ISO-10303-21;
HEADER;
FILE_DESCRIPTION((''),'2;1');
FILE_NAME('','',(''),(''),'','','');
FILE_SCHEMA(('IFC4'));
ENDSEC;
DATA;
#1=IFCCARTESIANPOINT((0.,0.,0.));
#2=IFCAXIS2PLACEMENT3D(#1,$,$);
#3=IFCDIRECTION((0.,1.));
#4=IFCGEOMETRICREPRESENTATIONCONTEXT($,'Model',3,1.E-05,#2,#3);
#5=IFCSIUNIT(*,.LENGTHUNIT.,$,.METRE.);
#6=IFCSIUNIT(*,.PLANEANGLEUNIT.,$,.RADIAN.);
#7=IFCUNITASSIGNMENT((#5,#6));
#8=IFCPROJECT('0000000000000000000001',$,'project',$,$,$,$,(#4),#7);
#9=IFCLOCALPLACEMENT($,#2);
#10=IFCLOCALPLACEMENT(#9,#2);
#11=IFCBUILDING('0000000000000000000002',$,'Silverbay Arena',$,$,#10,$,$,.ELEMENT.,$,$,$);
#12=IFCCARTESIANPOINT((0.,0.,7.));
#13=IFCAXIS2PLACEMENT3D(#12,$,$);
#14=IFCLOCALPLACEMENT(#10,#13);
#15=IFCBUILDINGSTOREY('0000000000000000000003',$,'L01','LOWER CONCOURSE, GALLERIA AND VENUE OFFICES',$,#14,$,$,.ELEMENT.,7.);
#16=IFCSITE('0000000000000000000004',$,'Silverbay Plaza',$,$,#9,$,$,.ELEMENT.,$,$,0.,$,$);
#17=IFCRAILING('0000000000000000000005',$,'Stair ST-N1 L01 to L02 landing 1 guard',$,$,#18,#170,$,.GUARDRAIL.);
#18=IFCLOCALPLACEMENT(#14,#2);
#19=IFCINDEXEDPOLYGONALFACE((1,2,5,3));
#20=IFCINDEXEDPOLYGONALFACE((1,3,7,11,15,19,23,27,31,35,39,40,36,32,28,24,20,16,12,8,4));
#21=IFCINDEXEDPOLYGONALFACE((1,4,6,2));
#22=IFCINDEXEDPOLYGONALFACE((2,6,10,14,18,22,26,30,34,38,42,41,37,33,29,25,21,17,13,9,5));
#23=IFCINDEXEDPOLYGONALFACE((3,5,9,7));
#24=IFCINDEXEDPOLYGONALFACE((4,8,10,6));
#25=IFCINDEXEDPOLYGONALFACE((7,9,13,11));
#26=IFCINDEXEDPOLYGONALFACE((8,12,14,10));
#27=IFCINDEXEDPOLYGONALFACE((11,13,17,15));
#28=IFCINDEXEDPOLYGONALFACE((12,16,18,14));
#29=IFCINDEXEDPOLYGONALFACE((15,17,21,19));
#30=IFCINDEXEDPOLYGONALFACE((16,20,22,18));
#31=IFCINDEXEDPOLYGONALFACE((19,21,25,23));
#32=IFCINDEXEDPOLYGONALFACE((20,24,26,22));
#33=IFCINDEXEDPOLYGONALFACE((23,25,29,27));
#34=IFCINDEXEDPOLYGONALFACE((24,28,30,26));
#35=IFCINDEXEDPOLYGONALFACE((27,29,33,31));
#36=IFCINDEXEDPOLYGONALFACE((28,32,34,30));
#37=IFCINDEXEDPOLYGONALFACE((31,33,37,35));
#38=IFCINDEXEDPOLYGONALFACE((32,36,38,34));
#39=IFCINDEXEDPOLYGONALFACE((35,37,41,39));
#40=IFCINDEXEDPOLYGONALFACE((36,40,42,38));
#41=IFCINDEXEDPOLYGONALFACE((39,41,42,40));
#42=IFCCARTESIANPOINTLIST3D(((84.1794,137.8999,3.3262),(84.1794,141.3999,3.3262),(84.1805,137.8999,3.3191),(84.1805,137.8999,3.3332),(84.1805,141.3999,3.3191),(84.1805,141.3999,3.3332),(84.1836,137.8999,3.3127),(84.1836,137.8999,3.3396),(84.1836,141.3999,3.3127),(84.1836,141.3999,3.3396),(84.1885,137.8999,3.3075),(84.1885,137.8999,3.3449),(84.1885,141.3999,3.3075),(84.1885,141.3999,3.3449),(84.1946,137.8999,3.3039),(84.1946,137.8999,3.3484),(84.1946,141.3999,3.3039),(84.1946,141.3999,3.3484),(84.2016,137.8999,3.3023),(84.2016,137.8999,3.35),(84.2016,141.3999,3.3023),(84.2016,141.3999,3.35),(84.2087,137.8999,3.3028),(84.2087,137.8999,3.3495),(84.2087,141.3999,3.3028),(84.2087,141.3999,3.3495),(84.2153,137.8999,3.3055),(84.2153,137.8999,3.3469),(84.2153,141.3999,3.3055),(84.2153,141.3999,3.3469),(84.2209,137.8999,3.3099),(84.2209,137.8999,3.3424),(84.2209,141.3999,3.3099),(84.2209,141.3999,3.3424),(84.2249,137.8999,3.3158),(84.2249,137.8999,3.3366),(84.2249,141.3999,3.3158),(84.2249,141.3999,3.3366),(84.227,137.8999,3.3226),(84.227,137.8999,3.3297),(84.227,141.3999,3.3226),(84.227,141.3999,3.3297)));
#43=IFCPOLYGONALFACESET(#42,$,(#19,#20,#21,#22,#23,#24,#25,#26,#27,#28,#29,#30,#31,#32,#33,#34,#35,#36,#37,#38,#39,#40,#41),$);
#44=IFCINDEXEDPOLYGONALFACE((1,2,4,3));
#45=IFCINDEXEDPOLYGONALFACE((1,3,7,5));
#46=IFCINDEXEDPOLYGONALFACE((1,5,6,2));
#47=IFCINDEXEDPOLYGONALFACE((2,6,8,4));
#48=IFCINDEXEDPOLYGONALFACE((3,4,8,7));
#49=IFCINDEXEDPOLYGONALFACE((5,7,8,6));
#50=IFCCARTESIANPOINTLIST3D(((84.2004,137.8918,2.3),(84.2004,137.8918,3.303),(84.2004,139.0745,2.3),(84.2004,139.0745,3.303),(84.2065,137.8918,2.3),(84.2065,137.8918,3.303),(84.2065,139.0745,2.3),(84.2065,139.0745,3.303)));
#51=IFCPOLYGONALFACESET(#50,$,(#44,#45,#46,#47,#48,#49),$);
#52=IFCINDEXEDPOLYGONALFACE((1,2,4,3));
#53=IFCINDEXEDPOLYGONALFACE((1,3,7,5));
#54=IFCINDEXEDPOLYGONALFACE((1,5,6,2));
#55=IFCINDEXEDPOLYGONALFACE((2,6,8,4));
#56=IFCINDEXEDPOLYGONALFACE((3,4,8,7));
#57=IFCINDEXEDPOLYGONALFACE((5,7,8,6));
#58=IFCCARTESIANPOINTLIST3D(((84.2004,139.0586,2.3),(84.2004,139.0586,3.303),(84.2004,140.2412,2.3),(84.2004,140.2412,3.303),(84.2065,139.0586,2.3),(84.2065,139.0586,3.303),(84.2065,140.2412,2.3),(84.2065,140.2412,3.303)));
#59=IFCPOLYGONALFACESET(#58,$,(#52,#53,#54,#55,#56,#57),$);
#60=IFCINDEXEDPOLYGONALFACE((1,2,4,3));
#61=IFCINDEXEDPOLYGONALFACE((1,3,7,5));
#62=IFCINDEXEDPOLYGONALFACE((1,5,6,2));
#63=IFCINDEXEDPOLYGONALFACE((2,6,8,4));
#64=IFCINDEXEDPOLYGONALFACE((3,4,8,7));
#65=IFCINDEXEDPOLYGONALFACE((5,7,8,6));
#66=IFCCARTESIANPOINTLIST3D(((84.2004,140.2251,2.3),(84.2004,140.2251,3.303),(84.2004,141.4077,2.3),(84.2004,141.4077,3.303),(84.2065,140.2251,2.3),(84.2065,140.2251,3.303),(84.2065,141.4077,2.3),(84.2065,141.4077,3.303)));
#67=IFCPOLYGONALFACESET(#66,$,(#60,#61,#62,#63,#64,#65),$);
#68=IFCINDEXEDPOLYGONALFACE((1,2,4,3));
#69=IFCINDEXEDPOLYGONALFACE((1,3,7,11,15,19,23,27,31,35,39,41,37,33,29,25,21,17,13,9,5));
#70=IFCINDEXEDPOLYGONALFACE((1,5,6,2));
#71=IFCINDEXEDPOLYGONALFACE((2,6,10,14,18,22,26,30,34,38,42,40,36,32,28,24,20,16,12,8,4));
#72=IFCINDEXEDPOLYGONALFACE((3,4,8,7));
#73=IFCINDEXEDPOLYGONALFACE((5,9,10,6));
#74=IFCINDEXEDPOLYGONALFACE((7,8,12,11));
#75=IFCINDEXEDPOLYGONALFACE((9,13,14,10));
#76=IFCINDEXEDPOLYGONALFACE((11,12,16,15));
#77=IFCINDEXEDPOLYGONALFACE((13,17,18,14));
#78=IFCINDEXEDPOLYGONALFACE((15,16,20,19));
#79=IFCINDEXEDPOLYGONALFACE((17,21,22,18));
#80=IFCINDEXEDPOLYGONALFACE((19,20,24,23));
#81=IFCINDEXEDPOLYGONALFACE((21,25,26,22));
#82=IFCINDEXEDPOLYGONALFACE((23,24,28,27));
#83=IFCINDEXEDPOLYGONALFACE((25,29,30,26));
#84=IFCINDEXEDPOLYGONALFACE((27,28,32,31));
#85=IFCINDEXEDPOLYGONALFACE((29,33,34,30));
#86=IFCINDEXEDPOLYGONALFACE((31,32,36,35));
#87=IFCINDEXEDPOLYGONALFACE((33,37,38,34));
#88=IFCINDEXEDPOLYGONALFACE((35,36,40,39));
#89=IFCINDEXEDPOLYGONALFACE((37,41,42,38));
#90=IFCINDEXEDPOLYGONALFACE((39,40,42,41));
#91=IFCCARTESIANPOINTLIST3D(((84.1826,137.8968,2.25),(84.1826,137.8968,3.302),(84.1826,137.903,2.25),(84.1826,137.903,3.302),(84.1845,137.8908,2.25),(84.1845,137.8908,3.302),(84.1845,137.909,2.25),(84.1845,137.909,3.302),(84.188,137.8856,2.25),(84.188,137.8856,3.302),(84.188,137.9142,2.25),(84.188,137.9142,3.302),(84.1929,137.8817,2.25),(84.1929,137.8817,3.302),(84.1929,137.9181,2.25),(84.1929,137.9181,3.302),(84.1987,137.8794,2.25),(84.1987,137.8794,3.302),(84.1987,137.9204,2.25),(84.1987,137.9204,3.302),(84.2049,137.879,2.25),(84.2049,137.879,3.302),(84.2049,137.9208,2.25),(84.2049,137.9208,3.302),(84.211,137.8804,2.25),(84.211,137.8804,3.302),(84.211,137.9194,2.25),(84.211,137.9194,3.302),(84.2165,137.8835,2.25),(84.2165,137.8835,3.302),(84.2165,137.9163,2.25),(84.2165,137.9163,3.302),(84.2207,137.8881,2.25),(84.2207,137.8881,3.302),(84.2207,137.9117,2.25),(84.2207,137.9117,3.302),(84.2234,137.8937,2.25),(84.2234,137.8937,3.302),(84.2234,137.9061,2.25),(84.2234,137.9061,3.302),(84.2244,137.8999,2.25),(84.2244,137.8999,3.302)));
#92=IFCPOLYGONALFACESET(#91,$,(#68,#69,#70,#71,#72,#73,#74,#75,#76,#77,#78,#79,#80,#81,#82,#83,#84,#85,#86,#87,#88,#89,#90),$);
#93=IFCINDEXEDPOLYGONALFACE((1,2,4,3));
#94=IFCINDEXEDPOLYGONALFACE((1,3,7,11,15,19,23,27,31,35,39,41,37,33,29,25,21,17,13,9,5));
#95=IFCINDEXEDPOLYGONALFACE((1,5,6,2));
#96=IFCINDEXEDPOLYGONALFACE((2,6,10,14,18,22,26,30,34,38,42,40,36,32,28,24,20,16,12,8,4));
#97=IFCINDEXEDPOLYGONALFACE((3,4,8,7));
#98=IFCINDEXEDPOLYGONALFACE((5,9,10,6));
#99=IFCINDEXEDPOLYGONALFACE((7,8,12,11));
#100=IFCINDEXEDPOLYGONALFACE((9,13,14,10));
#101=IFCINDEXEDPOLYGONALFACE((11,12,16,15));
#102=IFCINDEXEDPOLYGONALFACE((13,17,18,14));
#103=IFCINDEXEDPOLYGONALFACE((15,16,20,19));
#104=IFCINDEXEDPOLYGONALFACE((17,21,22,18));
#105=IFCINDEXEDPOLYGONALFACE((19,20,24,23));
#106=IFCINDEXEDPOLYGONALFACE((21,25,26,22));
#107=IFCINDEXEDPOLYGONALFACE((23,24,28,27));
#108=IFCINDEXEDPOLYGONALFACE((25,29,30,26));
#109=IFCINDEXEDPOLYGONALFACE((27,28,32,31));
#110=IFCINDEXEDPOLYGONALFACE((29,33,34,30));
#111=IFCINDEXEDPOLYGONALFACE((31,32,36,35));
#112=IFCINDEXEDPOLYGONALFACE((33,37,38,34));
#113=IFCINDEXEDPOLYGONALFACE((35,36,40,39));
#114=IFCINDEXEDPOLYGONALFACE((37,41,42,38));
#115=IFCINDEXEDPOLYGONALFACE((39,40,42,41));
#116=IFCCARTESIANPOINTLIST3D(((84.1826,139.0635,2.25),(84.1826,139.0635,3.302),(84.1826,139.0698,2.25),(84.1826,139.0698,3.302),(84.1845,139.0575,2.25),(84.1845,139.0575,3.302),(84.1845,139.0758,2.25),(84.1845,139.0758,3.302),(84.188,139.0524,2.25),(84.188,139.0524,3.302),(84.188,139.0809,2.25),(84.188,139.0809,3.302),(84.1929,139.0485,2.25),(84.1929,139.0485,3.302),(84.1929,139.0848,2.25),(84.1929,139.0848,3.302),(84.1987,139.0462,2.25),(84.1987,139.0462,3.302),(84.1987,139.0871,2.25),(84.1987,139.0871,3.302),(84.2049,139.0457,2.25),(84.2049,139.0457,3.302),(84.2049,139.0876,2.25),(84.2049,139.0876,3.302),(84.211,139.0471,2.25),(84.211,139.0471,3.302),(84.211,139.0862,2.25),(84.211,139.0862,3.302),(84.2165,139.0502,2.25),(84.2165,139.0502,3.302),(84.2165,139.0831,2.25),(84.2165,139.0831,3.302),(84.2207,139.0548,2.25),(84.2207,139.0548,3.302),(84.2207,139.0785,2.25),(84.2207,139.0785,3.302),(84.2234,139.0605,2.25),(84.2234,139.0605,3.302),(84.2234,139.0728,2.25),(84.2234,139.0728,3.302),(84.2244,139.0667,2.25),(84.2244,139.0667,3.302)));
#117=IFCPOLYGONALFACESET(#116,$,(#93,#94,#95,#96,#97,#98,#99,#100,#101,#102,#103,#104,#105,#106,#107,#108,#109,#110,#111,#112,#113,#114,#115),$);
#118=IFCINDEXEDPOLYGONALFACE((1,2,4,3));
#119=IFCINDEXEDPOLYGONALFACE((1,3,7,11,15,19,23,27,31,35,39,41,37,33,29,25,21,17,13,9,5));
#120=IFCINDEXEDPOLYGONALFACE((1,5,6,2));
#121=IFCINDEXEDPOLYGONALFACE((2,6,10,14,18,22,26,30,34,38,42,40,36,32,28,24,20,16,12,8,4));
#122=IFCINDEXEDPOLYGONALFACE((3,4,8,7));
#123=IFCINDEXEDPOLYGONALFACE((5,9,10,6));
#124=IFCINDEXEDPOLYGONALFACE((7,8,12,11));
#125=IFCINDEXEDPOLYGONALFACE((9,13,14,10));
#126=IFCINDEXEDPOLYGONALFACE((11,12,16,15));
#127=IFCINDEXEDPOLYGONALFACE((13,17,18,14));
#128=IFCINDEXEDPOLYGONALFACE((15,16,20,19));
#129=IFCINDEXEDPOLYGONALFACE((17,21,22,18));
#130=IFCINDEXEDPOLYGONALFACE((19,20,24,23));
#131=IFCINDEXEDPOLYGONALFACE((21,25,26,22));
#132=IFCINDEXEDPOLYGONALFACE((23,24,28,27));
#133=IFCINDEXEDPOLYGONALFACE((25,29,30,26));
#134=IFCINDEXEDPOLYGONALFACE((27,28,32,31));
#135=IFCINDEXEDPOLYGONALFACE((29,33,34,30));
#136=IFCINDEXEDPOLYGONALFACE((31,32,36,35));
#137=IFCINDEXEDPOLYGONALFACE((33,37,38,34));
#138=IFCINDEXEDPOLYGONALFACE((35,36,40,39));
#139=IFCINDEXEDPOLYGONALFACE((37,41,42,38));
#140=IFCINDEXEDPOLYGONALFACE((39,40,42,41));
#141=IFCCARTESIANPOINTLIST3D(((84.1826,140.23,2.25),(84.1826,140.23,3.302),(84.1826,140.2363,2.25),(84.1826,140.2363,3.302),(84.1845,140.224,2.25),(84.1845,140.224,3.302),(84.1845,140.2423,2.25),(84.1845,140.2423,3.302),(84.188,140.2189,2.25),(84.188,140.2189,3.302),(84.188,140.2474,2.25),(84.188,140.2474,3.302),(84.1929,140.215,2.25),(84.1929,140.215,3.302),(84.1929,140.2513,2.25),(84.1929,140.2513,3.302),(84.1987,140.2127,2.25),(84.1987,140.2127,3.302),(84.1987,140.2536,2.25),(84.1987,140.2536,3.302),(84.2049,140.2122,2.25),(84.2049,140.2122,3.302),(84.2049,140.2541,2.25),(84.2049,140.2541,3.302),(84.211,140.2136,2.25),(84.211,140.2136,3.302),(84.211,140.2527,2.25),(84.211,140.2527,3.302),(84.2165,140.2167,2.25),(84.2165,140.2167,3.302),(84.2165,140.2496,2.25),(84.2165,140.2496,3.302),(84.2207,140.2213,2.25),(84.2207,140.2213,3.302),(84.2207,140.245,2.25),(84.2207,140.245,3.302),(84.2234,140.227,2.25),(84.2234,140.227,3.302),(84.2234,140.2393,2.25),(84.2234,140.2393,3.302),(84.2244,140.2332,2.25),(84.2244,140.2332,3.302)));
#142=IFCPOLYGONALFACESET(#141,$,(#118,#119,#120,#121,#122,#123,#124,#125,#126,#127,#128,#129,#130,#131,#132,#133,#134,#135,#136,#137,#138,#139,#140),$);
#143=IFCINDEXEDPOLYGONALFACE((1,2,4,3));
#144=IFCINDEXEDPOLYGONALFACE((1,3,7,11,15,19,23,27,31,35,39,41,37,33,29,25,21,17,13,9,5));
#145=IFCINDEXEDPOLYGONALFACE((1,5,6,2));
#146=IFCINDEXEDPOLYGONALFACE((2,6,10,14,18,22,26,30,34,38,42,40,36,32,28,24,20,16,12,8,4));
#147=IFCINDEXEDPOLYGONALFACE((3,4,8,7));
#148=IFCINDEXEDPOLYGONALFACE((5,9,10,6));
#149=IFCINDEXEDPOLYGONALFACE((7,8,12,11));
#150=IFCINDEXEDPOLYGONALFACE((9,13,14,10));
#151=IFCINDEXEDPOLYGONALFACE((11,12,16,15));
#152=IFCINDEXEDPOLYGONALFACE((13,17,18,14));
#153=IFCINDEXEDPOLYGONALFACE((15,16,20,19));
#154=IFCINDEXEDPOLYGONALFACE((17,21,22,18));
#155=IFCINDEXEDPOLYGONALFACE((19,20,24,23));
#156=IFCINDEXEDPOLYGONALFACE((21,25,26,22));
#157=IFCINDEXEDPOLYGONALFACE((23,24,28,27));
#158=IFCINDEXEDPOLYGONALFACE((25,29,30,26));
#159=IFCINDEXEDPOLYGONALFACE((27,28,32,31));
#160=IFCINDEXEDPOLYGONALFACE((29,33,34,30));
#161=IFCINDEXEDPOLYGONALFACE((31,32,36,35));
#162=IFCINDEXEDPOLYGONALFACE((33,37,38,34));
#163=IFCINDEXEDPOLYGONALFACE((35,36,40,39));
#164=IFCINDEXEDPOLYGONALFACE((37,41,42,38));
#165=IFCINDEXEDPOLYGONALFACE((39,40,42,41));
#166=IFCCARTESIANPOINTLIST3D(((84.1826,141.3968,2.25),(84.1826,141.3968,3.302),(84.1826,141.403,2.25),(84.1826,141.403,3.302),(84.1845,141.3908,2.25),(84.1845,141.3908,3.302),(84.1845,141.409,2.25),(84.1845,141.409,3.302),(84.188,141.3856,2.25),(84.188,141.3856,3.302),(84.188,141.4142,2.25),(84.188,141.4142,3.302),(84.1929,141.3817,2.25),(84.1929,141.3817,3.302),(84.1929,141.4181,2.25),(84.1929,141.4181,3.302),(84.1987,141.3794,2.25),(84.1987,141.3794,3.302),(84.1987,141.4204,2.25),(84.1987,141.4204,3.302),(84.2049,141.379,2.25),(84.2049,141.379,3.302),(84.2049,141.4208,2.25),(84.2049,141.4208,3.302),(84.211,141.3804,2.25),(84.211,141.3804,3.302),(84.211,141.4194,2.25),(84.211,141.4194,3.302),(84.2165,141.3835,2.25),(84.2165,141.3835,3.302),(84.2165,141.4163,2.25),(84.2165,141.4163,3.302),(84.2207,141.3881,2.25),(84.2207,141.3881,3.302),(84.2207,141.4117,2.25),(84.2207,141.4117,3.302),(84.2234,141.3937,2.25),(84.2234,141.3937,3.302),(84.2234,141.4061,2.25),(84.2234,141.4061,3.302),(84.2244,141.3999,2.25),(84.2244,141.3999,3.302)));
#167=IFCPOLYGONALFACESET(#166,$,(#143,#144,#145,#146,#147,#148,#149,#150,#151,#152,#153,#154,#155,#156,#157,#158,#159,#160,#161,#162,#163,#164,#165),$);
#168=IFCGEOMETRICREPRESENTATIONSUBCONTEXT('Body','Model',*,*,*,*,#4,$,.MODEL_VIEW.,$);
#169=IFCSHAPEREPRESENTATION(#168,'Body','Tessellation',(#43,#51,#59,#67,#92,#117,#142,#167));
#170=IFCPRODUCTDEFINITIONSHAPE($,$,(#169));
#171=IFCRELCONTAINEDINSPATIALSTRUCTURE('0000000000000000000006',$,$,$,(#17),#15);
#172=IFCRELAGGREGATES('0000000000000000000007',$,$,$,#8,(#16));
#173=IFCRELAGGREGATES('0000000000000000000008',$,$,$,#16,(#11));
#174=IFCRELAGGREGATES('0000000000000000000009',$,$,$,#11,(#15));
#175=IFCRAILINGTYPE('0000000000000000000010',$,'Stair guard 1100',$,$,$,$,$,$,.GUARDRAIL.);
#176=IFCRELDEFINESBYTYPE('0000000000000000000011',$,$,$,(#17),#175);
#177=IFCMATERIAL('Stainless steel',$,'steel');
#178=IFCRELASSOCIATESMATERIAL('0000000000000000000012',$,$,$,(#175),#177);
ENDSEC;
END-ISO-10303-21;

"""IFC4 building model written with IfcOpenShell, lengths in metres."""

from ifc_helpers import new_model, si_unit, direction, frame, origin, origin_2d, place, context, subcontext, project, spatial, polyline, circle, outline, extrude, material, type_object, element, save


model = new_model("IFC4")

# Units and contexts
model_context = context("Model", 3, precision=1e-05, world=origin(), true_north=direction((0.0, 1.0)))
body_context = subcontext(model_context, "Body", "Model", "MODEL_VIEW")
ifc_project = project(units=[si_unit("LENGTHUNIT", "METRE"), si_unit("PLANEANGLEUNIT", "RADIAN")], contexts=[model_context])

# Site, building, storey
site_placement = place(None, origin())
site = spatial("IfcSite", under=ifc_project, at=site_placement, Name="Silverbay Plaza", CompositionType="ELEMENT", RefElevation=0.0)
building_placement = place(site_placement, origin())
building = spatial("IfcBuilding", under=site, at=building_placement, Name="Silverbay Arena", CompositionType="ELEMENT")
storey_placement = place(building_placement, frame((0.0, 0.0, 7.0)))
storey = spatial("IfcBuildingStorey", under=building, at=storey_placement, Name="L01", Description="LOWER CONCOURSE, GALLERIA AND VENUE OFFICES", CompositionType="ELEMENT", Elevation=7.0)

# Railing
ifc_material_1 = material(Name="Stainless steel", Category="steel")
railing_type_1 = type_object("IfcRailingType", Name="Stair guard 1100", PredefinedType="GUARDRAIL", material=ifc_material_1)
for number, where, name in (
    (1, (84.2034, 137.8999, 2.25), "Stair ST-N1 L01 to L02 landing 1 guard"),
):
    element("IfcRailing", number, at=place(storey_placement, frame(where)), inside=storey, type_object=railing_type_1, Name=name, PredefinedType="GUARDRAIL", context=body_context, shape_type="SweptSolid", body=[
        extrude(circle(Radius=0.0239, at=origin_2d()), frame((0.0, 0.0, 1.0762), z_axis=(0.0, 1.0, 0.0), x_axis=(-1.0, 0.0, 0.0)), (0.0, 0.0, 1.0), 3.5),
        extrude(outline(polyline([(-0.0081, 0.05), (1.1746, 0.05), (1.1746, 1.053), (-0.0081, 1.053), (-0.0081, 0.05)])), frame((-0.0029, 0.0, 0.0), z_axis=(1.0, 0.0, 0.0), x_axis=(0.0, 1.0, 0.0)), (0.0, 0.0, 1.0), 0.0061),
        extrude(outline(polyline([(-0.0081, 0.05), (1.1746, 0.05), (1.1746, 1.053), (-0.0081, 1.053), (-0.0081, 0.05)])), frame((-0.0029, 1.1667, 0.0), z_axis=(1.0, 0.0, 0.0), x_axis=(0.0, 1.0, 0.0)), (0.0, 0.0, 1.0), 0.0061),
        extrude(outline(polyline([(-0.0081, 0.05), (1.1746, 0.05), (1.1746, 1.053), (-0.0081, 1.053), (-0.0081, 0.05)])), frame((-0.0029, 2.3333, 0.0), z_axis=(1.0, 0.0, 0.0), x_axis=(0.0, 1.0, 0.0)), (0.0, 0.0, 1.0), 0.0061),
        extrude(circle(Radius=0.021, at=origin_2d()), origin(), (0.0, 0.0, 1.0), 1.052),
        extrude(circle(Radius=0.021, at=origin_2d()), frame((0.0, 1.1667, 0.0)), (0.0, 0.0, 1.0), 1.052),
        extrude(circle(Radius=0.021, at=origin_2d()), frame((0.0, 2.3333, 0.0)), (0.0, 0.0, 1.0), 1.052),
        extrude(circle(Radius=0.021, at=origin_2d()), frame((0.0, 3.5, 0.0)), (0.0, 0.0, 1.0), 1.052),
    ])

save(model, "model.ifc")
